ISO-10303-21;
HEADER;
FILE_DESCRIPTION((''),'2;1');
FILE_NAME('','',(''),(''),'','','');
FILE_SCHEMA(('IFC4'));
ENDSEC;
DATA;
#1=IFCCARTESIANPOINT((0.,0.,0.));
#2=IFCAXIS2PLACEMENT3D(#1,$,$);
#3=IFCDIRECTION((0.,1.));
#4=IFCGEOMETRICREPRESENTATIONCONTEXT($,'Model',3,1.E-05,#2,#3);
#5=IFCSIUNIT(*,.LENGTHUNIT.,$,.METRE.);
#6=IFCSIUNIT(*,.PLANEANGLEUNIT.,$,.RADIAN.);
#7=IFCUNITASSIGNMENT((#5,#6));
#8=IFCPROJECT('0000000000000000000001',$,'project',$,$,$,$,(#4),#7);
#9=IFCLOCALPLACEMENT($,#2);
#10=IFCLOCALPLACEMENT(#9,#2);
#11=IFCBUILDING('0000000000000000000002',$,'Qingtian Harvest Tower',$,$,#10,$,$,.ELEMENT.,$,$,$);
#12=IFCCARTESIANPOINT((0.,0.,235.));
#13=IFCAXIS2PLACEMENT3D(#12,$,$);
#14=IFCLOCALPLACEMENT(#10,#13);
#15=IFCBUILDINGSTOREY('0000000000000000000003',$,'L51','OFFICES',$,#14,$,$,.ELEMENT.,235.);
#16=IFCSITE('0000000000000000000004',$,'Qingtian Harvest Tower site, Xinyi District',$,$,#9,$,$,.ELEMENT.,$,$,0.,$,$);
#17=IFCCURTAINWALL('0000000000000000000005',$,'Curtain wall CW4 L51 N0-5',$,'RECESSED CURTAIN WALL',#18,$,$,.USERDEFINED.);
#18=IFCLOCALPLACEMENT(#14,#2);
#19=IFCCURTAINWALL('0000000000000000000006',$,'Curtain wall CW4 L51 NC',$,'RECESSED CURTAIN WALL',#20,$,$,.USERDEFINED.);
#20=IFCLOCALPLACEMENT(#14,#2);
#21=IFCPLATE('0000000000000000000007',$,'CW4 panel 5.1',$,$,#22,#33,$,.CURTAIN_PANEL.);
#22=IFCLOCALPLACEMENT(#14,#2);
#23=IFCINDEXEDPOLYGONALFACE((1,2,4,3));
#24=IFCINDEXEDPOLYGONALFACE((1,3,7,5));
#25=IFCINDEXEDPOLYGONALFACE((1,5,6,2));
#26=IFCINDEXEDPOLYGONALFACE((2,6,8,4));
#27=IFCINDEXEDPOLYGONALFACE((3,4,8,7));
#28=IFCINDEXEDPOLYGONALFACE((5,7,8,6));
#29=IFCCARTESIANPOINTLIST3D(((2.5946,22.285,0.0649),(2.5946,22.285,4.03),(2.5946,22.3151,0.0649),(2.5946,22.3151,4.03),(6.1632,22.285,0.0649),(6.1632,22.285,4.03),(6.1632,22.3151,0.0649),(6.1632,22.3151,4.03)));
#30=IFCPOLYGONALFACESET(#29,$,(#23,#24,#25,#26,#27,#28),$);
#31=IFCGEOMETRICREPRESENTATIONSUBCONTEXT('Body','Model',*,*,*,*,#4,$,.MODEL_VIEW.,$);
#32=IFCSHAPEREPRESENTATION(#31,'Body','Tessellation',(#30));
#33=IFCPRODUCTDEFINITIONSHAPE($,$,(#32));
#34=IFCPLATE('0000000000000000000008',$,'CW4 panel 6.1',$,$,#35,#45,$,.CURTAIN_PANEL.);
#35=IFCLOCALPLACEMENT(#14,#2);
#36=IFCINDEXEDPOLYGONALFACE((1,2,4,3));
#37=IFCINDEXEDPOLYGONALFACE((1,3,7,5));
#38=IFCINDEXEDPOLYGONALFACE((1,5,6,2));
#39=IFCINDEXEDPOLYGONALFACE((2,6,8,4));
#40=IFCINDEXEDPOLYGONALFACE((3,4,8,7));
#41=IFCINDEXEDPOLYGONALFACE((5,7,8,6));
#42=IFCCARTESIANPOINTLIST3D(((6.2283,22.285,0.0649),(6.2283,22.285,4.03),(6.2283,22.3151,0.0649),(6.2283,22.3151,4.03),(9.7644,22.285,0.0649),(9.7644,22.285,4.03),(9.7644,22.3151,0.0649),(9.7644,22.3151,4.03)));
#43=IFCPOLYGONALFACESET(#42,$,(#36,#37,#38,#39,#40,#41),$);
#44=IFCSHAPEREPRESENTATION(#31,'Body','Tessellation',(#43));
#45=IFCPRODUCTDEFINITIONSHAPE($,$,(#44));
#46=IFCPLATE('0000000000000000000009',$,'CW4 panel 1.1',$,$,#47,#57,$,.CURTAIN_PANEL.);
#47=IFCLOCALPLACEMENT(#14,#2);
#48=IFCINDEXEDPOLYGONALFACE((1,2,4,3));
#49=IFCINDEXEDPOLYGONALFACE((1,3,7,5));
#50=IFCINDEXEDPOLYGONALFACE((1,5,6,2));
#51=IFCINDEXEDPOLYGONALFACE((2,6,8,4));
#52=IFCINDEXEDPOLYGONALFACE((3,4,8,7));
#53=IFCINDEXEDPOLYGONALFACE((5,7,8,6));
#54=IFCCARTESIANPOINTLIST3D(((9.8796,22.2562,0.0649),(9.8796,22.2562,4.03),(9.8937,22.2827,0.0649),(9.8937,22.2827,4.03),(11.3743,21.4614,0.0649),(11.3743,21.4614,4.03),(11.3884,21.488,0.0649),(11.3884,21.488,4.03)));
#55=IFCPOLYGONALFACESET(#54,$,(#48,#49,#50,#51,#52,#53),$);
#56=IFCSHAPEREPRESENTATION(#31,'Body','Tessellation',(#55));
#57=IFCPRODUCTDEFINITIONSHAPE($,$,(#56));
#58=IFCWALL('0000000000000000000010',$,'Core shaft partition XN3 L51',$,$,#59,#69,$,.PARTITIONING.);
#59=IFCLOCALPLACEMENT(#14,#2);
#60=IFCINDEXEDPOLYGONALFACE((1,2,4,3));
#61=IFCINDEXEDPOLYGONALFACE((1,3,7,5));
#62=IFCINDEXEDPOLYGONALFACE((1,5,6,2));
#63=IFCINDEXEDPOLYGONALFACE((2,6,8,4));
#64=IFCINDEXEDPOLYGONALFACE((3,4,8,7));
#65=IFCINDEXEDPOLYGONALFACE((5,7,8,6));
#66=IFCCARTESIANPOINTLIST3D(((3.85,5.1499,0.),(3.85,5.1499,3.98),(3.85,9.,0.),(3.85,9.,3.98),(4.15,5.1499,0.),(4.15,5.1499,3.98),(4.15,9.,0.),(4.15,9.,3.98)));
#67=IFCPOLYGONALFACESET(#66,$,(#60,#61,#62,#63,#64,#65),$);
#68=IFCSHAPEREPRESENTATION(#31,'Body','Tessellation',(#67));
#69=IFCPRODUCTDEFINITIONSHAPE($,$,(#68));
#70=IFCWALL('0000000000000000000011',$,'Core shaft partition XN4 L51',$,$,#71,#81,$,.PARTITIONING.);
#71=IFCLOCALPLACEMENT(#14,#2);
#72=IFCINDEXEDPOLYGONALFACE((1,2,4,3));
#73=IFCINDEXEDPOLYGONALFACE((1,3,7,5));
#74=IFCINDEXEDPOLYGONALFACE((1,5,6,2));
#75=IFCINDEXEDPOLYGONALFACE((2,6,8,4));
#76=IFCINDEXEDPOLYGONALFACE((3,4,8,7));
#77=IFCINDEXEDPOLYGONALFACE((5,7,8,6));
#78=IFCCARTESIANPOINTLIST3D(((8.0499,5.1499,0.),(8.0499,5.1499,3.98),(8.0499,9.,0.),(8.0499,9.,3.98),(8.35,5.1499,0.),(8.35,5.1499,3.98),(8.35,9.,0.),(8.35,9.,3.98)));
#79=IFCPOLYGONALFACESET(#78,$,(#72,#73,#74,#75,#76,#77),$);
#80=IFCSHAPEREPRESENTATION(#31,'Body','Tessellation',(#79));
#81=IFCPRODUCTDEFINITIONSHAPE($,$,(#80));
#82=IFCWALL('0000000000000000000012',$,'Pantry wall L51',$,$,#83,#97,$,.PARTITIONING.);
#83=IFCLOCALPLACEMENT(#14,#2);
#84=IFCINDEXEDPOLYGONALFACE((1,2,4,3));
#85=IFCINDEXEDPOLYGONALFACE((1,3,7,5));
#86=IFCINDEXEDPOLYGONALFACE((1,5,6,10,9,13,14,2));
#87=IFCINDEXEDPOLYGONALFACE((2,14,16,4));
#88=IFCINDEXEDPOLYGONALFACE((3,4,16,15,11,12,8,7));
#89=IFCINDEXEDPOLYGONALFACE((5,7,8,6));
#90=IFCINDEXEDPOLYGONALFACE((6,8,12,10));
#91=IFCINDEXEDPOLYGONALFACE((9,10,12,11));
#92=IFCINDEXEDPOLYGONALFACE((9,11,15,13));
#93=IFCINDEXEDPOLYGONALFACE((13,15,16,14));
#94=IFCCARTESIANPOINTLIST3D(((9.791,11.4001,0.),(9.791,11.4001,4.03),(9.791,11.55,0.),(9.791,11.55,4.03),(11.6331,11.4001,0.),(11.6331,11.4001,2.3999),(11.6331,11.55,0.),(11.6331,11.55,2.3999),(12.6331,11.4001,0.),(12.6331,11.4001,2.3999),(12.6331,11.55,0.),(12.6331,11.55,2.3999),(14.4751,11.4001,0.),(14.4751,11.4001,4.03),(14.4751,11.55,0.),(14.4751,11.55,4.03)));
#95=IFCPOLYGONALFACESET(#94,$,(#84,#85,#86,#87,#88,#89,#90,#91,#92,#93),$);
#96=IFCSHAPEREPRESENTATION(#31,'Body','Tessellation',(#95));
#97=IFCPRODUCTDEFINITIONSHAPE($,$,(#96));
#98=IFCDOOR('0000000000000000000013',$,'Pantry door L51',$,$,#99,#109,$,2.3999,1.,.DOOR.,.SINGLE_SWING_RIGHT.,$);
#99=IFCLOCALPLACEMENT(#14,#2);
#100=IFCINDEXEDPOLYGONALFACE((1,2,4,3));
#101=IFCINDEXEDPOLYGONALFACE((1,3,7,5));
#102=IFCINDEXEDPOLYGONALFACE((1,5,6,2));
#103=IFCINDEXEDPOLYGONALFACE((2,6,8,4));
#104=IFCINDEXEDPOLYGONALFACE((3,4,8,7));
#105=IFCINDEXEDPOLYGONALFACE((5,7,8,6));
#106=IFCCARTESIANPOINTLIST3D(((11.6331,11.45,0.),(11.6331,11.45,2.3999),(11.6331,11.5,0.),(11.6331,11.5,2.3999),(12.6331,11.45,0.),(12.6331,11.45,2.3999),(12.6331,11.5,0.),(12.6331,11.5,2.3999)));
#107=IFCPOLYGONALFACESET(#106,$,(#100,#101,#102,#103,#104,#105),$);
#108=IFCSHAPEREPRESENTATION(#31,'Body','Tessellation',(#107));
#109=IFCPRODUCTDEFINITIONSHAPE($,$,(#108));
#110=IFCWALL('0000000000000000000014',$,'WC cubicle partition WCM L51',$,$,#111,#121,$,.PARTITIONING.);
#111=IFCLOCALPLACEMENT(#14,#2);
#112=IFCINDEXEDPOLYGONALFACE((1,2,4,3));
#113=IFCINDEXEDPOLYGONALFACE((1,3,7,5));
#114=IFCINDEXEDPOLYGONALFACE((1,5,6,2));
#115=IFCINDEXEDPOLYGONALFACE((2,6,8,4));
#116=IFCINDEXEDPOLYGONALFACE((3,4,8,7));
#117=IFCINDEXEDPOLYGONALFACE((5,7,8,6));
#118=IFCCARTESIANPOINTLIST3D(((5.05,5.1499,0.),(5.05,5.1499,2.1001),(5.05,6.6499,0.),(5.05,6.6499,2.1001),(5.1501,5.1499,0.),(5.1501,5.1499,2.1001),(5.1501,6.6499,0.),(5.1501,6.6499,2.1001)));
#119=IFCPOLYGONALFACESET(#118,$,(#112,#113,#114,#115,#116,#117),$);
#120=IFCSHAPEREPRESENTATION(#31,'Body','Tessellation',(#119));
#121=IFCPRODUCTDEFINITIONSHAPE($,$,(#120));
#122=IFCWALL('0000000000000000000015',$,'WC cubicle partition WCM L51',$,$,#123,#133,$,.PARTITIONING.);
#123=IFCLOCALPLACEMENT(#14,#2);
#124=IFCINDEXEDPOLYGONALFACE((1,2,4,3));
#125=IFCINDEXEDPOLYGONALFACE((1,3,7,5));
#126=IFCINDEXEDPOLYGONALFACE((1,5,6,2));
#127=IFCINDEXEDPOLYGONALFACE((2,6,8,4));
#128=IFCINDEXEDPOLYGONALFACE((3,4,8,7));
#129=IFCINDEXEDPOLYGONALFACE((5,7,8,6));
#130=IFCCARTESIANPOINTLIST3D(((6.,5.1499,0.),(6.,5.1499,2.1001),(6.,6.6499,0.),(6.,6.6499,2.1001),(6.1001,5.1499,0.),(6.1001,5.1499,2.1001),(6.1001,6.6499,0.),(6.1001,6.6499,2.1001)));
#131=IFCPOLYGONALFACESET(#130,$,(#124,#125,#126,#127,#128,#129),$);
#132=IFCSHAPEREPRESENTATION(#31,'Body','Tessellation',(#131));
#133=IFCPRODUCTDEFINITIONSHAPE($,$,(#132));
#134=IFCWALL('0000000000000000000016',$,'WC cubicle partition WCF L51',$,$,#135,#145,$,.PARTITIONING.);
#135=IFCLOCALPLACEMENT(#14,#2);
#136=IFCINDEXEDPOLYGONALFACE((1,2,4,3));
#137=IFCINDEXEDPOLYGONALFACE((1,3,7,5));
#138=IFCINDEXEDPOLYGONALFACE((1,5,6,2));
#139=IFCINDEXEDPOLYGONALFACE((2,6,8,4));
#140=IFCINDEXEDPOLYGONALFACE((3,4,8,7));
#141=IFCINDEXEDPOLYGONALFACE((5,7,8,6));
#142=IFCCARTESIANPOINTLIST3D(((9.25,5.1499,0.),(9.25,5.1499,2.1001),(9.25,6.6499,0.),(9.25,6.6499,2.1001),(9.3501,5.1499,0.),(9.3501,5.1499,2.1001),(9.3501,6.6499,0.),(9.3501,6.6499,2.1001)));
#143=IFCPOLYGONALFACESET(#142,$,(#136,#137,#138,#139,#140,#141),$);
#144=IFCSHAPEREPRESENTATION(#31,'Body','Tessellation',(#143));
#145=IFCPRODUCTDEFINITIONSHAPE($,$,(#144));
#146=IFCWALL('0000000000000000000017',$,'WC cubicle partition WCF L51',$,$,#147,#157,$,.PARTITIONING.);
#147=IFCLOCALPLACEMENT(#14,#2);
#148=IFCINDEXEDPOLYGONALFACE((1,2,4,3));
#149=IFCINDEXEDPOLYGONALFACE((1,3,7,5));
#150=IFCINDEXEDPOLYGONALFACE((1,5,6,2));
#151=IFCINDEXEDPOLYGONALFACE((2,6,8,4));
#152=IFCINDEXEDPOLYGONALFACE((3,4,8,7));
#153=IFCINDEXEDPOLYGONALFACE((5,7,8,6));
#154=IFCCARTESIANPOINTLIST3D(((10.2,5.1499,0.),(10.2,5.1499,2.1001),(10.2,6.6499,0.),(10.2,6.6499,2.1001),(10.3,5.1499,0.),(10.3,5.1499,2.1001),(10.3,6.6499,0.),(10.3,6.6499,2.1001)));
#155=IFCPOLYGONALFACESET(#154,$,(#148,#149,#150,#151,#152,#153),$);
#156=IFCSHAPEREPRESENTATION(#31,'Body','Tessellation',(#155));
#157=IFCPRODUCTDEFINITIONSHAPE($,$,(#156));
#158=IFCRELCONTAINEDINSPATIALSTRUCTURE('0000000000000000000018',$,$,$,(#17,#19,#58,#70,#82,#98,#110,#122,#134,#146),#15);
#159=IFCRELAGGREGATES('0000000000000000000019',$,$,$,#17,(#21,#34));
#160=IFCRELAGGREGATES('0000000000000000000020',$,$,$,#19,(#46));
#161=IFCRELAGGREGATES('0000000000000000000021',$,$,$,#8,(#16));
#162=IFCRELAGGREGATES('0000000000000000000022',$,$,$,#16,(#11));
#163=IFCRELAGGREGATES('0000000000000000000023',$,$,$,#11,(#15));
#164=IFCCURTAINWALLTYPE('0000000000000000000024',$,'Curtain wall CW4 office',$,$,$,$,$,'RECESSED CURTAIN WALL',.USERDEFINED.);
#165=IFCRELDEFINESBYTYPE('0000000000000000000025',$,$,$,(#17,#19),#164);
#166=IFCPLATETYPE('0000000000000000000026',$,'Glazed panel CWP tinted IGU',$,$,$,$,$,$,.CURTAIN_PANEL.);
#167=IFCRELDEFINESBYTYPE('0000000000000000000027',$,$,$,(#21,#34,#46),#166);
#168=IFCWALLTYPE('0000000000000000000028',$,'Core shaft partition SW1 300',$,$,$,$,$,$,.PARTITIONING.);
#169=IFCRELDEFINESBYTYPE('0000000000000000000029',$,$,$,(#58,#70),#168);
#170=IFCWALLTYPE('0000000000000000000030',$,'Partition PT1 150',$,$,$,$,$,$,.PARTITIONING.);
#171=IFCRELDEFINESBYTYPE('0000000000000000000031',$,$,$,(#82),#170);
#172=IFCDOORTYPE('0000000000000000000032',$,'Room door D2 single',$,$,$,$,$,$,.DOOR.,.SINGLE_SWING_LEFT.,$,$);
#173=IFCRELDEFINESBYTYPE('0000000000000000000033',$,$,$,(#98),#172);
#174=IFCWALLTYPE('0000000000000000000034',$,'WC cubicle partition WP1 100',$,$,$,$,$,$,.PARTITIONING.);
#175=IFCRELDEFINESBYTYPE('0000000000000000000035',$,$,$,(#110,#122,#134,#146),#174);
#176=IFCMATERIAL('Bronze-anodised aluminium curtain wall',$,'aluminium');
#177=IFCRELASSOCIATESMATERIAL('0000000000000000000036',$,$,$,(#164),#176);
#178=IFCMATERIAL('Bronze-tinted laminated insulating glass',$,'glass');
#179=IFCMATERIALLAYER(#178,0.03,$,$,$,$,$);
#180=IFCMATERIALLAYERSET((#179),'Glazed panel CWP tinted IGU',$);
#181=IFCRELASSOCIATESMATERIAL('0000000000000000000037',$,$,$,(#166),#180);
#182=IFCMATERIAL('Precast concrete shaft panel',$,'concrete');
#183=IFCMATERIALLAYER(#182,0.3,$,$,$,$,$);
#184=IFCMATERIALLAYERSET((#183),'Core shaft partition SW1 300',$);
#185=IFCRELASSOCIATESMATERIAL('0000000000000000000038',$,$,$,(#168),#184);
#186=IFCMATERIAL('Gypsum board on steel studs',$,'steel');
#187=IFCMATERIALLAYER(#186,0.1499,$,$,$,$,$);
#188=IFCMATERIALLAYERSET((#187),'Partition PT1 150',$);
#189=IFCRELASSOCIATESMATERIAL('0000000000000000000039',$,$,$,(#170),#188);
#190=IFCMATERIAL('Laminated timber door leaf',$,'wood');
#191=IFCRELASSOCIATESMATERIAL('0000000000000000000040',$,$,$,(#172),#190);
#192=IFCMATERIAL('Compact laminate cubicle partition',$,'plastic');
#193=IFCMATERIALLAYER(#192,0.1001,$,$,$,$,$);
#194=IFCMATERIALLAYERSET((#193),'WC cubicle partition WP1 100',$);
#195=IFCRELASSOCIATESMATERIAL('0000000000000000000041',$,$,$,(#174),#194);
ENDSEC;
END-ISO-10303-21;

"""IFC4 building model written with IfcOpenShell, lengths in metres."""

from ifc_helpers import new_model, si_unit, direction, frame, frame_2d, origin, origin_2d, place, context, subcontext, project, spatial, rectangle, extrude, material, layer, layer_set, type_object, element, fill, aggregate, save


model = new_model("IFC4")

# Units and contexts
model_context = context("Model", 3, precision=1e-05, world=origin(), true_north=direction((0.0, 1.0)))
body_context = subcontext(model_context, "Body", "Model", "MODEL_VIEW")
ifc_project = project(units=[si_unit("LENGTHUNIT", "METRE"), si_unit("PLANEANGLEUNIT", "RADIAN")], contexts=[model_context])

# Site, building, storey
site_placement = place(None, origin())
site = spatial("IfcSite", under=ifc_project, at=site_placement, Name="Qingtian Harvest Tower site, Xinyi District", CompositionType="ELEMENT", RefElevation=0.0)
building_placement = place(site_placement, origin())
building = spatial("IfcBuilding", under=site, at=building_placement, Name="Qingtian Harvest Tower", CompositionType="ELEMENT")
storey_placement = place(building_placement, frame((0.0, 0.0, 235.0)))
storey = spatial("IfcBuildingStorey", under=building, at=storey_placement, Name="L51", Description="OFFICES", CompositionType="ELEMENT", Elevation=235.0)

# Curtain walls
ifc_material_1 = material(Name="Bronze-anodised aluminium curtain wall", Category="aluminium")
curtain_wall_type = type_object("IfcCurtainWallType", Name="Curtain wall CW4 office", ElementType="RECESSED CURTAIN WALL", PredefinedType="USERDEFINED", material=ifc_material_1)
curtain_wall_1_placement = place(storey_placement, origin())
curtain_wall_1 = element("IfcCurtainWall", 1, at=curtain_wall_1_placement, inside=storey, type_object=curtain_wall_type, Name="Curtain wall CW4 L51 N0-5", ObjectType="RECESSED CURTAIN WALL", PredefinedType="USERDEFINED")
curtain_wall_2_placement = place(storey_placement, origin())
curtain_wall_2 = element("IfcCurtainWall", 2, at=curtain_wall_2_placement, inside=storey, type_object=curtain_wall_type, Name="Curtain wall CW4 L51 NC", ObjectType="RECESSED CURTAIN WALL", PredefinedType="USERDEFINED")

# Plates
ifc_material_2 = material(Name="Bronze-tinted laminated insulating glass", Category="glass")
ifc_layer_1 = layer(ifc_material_2, 0.03)
ifc_layer_set_1 = layer_set([ifc_layer_1], Name="Glazed panel CWP tinted IGU")
plate_type = type_object("IfcPlateType", Name="Glazed panel CWP tinted IGU", PredefinedType="CURTAIN_PANEL", material=ifc_layer_set_1)
plate_1_placement = place(storey_placement, frame((4.3789, 22.3, 0.0649), z_axis=(0.0, 0.0, 1.0), x_axis=(1.0, 0.0, 0.0)))
plate_1 = element("IfcPlate", 3, at=plate_1_placement, type_object=plate_type, Name="CW4 panel 5.1", PredefinedType="CURTAIN_PANEL", context=body_context, shape_type="SweptSolid", body=[
    extrude(rectangle(XDim=3.5686, YDim=0.03, at=origin_2d()), origin(), (0.0, 0.0, 1.0), 3.9651),
])
plate_2_placement = place(storey_placement, frame((7.9963, 22.3, 0.0649), z_axis=(0.0, 0.0, 1.0), x_axis=(1.0, 0.0, 0.0)))
plate_2 = element("IfcPlate", 4, at=plate_2_placement, type_object=plate_type, Name="CW4 panel 6.1", PredefinedType="CURTAIN_PANEL", context=body_context, shape_type="SweptSolid", body=[
    extrude(rectangle(XDim=3.5361, YDim=0.03, at=origin_2d()), origin(), (0.0, 0.0, 1.0), 3.9651),
])
aggregate(curtain_wall_1, [plate_1, plate_2])
plate_3_placement = place(storey_placement, frame((10.634, 21.8721, 0.0649), z_axis=(0.0, 0.0, 1.0), x_axis=(0.882948, -0.469472, 0.0)))
plate_3 = element("IfcPlate", 5, at=plate_3_placement, type_object=plate_type, Name="CW4 panel 1.1", PredefinedType="CURTAIN_PANEL", context=body_context, shape_type="SweptSolid", body=[
    extrude(rectangle(XDim=1.6929, YDim=0.03, at=origin_2d()), origin(), (0.0, 0.0, 1.0), 3.9651),
])
aggregate(curtain_wall_2, [plate_3])

# Walls
ifc_material_3 = material(Name="Precast concrete shaft panel", Category="concrete")
ifc_layer_2 = layer(ifc_material_3, 0.3)
ifc_layer_set_2 = layer_set([ifc_layer_2], Name="Core shaft partition SW1 300")
wall_type_1 = type_object("IfcWallType", Name="Core shaft partition SW1 300", PredefinedType="PARTITIONING", material=ifc_layer_set_2)
for number, where, z_axis, x_axis, name in (
    (6, (4.0, 5.1499, 0.0), (0.0, 0.0, 1.0), (0.0, 1.0, 0.0), "Core shaft partition XN3 L51"),
    (7, (8.2, 5.1499, 0.0), (0.0, 0.0, 1.0), (0.0, 1.0, 0.0), "Core shaft partition XN4 L51"),
):
    element("IfcWall", number, at=place(storey_placement, frame(where, z_axis=z_axis, x_axis=x_axis)), inside=storey, type_object=wall_type_1, Name=name, PredefinedType="PARTITIONING", context=body_context, shape_type="SweptSolid", body=[
        extrude(rectangle(XDim=3.8501, YDim=0.3, at=frame_2d((1.925, 0.0))), origin(), (0.0, 0.0, 1.0), 3.98),
    ])

# Wall, opening, door
ifc_material_4 = material(Name="Gypsum board on steel studs", Category="steel")
ifc_layer_3 = layer(ifc_material_4, 0.1499)
ifc_layer_set_3 = layer_set([ifc_layer_3], Name="Partition PT1 150")
wall_type_2 = type_object("IfcWallType", Name="Partition PT1 150", PredefinedType="PARTITIONING", material=ifc_layer_set_3)
wall_placement = place(storey_placement, frame((9.791, 11.4751, 0.0), z_axis=(0.0, 0.0, 1.0), x_axis=(1.0, 0.0, 0.0)))
wall = element("IfcWall", 8, at=wall_placement, inside=storey, type_object=wall_type_2, Name="Pantry wall L51", PredefinedType="PARTITIONING", context=body_context, shape_type="SweptSolid", body=[
    extrude(rectangle(XDim=4.6841, YDim=0.1499, at=frame_2d((2.342, 0.0))), origin(), (0.0, 0.0, 1.0), 4.03),
])
opening_placement = place(wall_placement, frame((1.842, 0.0, 0.0)))
opening = element("IfcOpeningElement", 9, at=opening_placement, cuts=wall, PredefinedType="OPENING", context=body_context, shape_type="SweptSolid", body=[
    extrude(rectangle(XDim=1.0, YDim=2.3999, at=frame_2d((0.5, 1.2))), frame((0.0, 0.085, 0.0), z_axis=(0.0, -1.0, 0.0), x_axis=(1.0, 0.0, 0.0)), (0.0, 0.0, 1.0), 0.1699),
])
ifc_material_5 = material(Name="Laminated timber door leaf", Category="wood")
door_type = type_object("IfcDoorType", Name="Room door D2 single", OperationType="SINGLE_SWING_LEFT", PredefinedType="DOOR", material=ifc_material_5)
door_placement = place(opening_placement, origin())
door = element("IfcDoor", 10, at=door_placement, inside=storey, type_object=door_type, Name="Pantry door L51", OperationType="SINGLE_SWING_RIGHT", OverallHeight=2.3999, OverallWidth=1.0, PredefinedType="DOOR", context=body_context, shape_type="SweptSolid", body=[
    extrude(rectangle(XDim=1.0, YDim=2.3999, at=frame_2d((0.5, 1.2))), frame((0.0, 0.0249, 0.0), z_axis=(0.0, -1.0, 0.0), x_axis=(1.0, 0.0, 0.0)), (0.0, 0.0, 1.0), 0.05),
])
fill(opening, door)

# Walls
ifc_material_6 = material(Name="Compact laminate cubicle partition", Category="plastic")
ifc_layer_4 = layer(ifc_material_6, 0.1001)
ifc_layer_set_4 = layer_set([ifc_layer_4], Name="WC cubicle partition WP1 100")
wall_type_3 = type_object("IfcWallType", Name="WC cubicle partition WP1 100", PredefinedType="PARTITIONING", material=ifc_layer_set_4)
for number, where, z_axis, x_axis, name in (
    (11, (5.1001, 5.1499, 0.0), (0.0, 0.0, 1.0), (0.0, 1.0, 0.0), "WC cubicle partition WCM L51"),
    (12, (6.05, 5.1499, 0.0), (0.0, 0.0, 1.0), (0.0, 1.0, 0.0), "WC cubicle partition WCM L51"),
    (13, (9.3, 5.1499, 0.0), (0.0, 0.0, 1.0), (0.0, 1.0, 0.0), "WC cubicle partition WCF L51"),
    (14, (10.25, 5.1499, 0.0), (0.0, 0.0, 1.0), (0.0, 1.0, 0.0), "WC cubicle partition WCF L51"),
):
    element("IfcWall", number, at=place(storey_placement, frame(where, z_axis=z_axis, x_axis=x_axis)), inside=storey, type_object=wall_type_3, Name=name, PredefinedType="PARTITIONING", context=body_context, shape_type="SweptSolid", body=[
        extrude(rectangle(XDim=1.5, YDim=0.1001, at=frame_2d((0.75, 0.0))), origin(), (0.0, 0.0, 1.0), 2.1001),
    ])

save(model, "model.ifc")
